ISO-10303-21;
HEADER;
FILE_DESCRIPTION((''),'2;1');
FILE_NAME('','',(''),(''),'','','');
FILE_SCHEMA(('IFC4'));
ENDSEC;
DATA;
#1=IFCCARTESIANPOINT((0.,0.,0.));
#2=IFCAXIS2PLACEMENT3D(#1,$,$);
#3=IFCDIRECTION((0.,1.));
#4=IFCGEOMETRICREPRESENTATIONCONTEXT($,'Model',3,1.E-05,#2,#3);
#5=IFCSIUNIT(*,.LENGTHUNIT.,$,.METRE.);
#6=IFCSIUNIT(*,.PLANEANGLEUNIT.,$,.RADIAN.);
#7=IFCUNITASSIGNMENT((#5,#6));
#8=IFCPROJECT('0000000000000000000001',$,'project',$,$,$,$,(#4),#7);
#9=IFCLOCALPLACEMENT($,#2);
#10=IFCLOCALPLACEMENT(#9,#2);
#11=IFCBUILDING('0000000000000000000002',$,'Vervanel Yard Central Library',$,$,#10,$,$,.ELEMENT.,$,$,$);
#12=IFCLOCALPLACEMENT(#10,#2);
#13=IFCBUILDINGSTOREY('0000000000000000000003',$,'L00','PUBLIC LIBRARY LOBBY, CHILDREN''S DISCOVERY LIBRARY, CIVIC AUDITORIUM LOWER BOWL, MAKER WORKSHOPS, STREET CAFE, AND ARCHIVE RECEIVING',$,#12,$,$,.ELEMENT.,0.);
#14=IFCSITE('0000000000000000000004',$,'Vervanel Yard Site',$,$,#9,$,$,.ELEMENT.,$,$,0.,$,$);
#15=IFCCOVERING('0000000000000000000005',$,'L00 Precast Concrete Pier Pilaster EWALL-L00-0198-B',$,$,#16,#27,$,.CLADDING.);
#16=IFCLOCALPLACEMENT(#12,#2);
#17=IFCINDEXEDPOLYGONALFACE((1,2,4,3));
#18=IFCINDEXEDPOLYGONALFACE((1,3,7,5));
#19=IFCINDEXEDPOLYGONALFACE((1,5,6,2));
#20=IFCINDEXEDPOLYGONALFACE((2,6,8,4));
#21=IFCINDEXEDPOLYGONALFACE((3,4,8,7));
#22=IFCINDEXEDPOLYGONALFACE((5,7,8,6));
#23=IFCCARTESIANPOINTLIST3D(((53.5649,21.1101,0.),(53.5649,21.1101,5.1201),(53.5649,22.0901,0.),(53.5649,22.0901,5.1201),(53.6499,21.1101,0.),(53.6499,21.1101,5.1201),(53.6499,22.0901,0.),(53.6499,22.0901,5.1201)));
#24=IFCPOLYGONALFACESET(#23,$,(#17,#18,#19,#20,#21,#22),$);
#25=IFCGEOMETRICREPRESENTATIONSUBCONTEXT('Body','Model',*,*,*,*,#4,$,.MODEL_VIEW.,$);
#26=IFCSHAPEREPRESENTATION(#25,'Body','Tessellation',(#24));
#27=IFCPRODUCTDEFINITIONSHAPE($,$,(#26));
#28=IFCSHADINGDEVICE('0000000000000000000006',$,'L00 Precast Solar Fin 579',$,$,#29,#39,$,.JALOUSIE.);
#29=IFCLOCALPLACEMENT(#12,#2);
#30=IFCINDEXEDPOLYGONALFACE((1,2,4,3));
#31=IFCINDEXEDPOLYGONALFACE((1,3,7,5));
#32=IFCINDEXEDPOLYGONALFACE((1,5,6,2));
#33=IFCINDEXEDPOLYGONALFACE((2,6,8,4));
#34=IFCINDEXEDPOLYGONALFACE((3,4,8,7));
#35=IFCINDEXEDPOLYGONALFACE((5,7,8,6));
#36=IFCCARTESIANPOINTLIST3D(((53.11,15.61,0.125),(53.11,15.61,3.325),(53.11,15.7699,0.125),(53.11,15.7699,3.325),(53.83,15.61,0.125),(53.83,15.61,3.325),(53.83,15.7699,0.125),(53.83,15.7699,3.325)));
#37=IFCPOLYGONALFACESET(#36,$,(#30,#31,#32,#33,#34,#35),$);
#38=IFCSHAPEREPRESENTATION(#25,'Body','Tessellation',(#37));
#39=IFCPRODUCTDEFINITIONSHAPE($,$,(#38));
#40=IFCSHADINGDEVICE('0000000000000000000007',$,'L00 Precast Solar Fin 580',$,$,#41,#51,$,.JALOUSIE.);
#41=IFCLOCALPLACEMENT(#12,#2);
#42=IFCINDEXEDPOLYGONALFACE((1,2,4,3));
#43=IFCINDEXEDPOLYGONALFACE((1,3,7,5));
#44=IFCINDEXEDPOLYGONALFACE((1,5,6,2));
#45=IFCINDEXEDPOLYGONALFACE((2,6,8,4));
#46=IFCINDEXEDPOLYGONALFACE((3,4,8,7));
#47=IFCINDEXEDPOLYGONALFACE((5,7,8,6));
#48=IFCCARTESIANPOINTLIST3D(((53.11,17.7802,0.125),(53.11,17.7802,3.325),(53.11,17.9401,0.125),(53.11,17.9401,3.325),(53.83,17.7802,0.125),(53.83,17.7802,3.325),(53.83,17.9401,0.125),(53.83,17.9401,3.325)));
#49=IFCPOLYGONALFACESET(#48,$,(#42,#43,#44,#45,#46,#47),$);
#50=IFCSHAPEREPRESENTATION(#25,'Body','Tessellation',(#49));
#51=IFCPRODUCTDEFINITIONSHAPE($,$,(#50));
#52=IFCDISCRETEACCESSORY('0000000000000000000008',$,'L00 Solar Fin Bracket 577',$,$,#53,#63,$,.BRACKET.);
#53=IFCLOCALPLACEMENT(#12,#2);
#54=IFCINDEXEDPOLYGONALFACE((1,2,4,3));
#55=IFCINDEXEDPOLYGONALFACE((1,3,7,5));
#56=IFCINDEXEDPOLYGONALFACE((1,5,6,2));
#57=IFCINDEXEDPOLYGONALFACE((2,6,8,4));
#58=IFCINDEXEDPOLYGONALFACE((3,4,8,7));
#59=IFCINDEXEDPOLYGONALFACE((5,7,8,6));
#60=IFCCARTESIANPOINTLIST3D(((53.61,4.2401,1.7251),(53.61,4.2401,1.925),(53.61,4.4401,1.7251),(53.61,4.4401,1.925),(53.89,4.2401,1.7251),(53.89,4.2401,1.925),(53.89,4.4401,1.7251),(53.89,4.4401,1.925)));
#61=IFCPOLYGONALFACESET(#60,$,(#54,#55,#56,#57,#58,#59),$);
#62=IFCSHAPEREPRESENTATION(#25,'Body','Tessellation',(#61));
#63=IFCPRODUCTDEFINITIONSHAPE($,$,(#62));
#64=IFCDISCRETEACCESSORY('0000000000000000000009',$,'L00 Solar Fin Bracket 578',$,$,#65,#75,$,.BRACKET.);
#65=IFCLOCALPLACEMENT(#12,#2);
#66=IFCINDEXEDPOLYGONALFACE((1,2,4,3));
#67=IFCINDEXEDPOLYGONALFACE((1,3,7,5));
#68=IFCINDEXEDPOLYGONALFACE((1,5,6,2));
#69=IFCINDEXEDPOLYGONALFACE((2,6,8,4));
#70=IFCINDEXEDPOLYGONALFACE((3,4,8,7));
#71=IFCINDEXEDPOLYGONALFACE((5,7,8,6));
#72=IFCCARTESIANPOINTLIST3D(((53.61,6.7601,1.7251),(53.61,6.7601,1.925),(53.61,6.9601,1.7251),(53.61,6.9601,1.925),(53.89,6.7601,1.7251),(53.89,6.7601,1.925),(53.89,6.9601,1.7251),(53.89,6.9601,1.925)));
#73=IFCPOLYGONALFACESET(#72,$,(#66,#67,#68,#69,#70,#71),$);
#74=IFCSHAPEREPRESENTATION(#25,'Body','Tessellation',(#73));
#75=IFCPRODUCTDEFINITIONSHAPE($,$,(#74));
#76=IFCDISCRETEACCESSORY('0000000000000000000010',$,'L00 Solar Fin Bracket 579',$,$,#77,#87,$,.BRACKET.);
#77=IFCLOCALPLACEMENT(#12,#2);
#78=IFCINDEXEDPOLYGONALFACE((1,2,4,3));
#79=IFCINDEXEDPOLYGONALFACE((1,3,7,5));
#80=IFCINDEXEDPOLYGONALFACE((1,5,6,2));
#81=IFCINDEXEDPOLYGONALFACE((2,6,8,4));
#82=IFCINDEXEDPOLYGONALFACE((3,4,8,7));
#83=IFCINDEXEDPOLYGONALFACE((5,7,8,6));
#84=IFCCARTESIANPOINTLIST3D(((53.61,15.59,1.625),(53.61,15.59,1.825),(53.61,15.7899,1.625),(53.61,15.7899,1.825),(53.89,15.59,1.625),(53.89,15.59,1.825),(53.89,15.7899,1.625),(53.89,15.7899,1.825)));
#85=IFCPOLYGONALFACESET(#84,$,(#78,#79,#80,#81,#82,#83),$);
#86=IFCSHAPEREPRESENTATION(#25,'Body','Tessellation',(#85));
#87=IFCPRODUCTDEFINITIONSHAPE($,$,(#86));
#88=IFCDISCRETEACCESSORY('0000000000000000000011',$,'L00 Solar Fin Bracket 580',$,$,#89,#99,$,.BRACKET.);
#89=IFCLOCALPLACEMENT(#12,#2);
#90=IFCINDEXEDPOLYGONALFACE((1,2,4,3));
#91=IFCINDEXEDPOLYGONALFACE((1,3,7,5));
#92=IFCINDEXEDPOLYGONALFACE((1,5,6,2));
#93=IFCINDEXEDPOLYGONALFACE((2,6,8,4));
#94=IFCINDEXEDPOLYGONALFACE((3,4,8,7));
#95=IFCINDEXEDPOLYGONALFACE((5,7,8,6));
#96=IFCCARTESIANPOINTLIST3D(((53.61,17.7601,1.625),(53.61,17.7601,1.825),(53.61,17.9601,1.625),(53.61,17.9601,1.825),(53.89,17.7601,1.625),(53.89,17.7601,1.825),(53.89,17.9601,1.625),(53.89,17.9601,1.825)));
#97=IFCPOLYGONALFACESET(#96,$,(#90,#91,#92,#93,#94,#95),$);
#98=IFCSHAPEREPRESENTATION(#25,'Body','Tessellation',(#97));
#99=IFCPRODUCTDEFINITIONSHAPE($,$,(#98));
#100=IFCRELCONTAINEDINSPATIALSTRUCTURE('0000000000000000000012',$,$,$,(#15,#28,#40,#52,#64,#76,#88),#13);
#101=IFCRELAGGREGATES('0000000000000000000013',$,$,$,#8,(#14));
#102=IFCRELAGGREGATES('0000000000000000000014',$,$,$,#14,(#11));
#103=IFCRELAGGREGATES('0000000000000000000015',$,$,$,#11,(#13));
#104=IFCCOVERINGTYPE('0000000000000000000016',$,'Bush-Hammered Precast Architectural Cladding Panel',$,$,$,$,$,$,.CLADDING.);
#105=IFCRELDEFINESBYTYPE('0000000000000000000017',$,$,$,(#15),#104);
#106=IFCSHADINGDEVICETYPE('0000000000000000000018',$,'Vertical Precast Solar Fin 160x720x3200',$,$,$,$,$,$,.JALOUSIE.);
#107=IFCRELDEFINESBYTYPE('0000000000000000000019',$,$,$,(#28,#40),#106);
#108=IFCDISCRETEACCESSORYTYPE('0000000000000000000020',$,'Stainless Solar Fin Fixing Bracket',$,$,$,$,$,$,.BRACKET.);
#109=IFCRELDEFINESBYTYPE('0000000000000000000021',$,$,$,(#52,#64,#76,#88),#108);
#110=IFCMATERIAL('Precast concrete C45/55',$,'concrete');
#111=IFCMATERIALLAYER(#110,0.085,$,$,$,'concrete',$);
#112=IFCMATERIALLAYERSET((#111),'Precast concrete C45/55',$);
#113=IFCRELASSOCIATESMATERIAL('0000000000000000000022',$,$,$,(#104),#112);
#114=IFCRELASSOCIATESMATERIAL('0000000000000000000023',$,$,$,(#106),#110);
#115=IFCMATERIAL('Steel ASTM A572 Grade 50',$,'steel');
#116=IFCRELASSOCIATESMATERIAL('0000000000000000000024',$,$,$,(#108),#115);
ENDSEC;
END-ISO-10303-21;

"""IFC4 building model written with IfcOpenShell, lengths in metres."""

from ifc_helpers import new_model, si_unit, direction, frame, origin, origin_2d, place, context, subcontext, project, spatial, rectangle, extrude, material, layer, layer_set, type_object, element, save


model = new_model("IFC4")

# Units and contexts
model_context = context("Model", 3, precision=1e-05, world=origin(), true_north=direction((0.0, 1.0)))
body_context = subcontext(model_context, "Body", "Model", "MODEL_VIEW")
ifc_project = project(units=[si_unit("LENGTHUNIT", "METRE"), si_unit("PLANEANGLEUNIT", "RADIAN")], contexts=[model_context])

# Site, building, storey
site_placement = place(None, origin())
site = spatial("IfcSite", under=ifc_project, at=site_placement, Name="Vervanel Yard Site", CompositionType="ELEMENT", RefElevation=0.0)
building_placement = place(site_placement, origin())
building = spatial("IfcBuilding", under=site, at=building_placement, Name="Vervanel Yard Central Library", CompositionType="ELEMENT")
storey_placement = place(building_placement, origin())
storey = spatial("IfcBuildingStorey", under=building, at=storey_placement, Name="L00", Description="PUBLIC LIBRARY LOBBY, CHILDREN'S DISCOVERY LIBRARY, CIVIC AUDITORIUM LOWER BOWL, MAKER WORKSHOPS, STREET CAFE, AND ARCHIVE RECEIVING", CompositionType="ELEMENT", Elevation=0.0)

# Covering
ifc_material_1 = material(Name="Precast concrete C45/55", Category="concrete")
ifc_layer_1 = layer(ifc_material_1, 0.085, Category="concrete")
ifc_layer_set_1 = layer_set([ifc_layer_1], Name="Precast concrete C45/55")
covering_type = type_object("IfcCoveringType", Name="Bush-Hammered Precast Architectural Cladding Panel", PredefinedType="CLADDING", material=ifc_layer_set_1)
covering_1_placement = place(storey_placement, frame((53.6074, 21.6001, 0.0), z_axis=(0.0, 0.0, 1.0), x_axis=(0.0, 1.0, 0.0)))
element("IfcCovering", 1, at=covering_1_placement, inside=storey, type_object=covering_type, Name="L00 Precast Concrete Pier Pilaster EWALL-L00-0198-B", PredefinedType="CLADDING", context=body_context, shape_type="SweptSolid", body=[
    extrude(rectangle(XDim=0.98, YDim=0.085, at=origin_2d()), origin(), (0.0, 0.0, 1.0), 5.1201),
])

# Shading devices
shading_device_type = type_object("IfcShadingDeviceType", Name="Vertical Precast Solar Fin 160x720x3200", PredefinedType="JALOUSIE", material=ifc_material_1)
for number, where, z_axis, x_axis, name in (
    (2, (53.47, 15.6899, 0.125), (0.0, 0.0, 1.0), (0.0, 1.0, 0.0), "L00 Precast Solar Fin 579"),
    (3, (53.47, 17.8601, 0.125), (0.0, 0.0, 1.0), (0.0, 1.0, 0.0), "L00 Precast Solar Fin 580"),
):
    element("IfcShadingDevice", number, at=place(storey_placement, frame(where, z_axis=z_axis, x_axis=x_axis)), inside=storey, type_object=shading_device_type, Name=name, PredefinedType="JALOUSIE", context=body_context, shape_type="SweptSolid", body=[
        extrude(rectangle(XDim=0.1599, YDim=0.72, at=origin_2d()), origin(), (0.0, 0.0, 1.0), 3.2),
    ])

# Discrete accessories
ifc_material_2 = material(Name="Steel ASTM A572 Grade 50", Category="steel")
discrete_accessory_type = type_object("IfcDiscreteAccessoryType", Name="Stainless Solar Fin Fixing Bracket", PredefinedType="BRACKET", material=ifc_material_2)
for number, where, z_axis, x_axis, name in (
    (4, (53.75, 4.3401, 1.7251), (0.0, 0.0, 1.0), (0.0, 1.0, 0.0), "L00 Solar Fin Bracket 577"),
    (5, (53.75, 6.8601, 1.7251), (0.0, 0.0, 1.0), (0.0, 1.0, 0.0), "L00 Solar Fin Bracket 578"),
    (6, (53.75, 15.6899, 1.625), (0.0, 0.0, 1.0), (0.0, 1.0, 0.0), "L00 Solar Fin Bracket 579"),
    (7, (53.75, 17.8601, 1.625), (0.0, 0.0, 1.0), (0.0, 1.0, 0.0), "L00 Solar Fin Bracket 580"),
):
    element("IfcDiscreteAccessory", number, at=place(storey_placement, frame(where, z_axis=z_axis, x_axis=x_axis)), inside=storey, type_object=discrete_accessory_type, Name=name, PredefinedType="BRACKET", context=body_context, shape_type="SweptSolid", body=[
        extrude(rectangle(XDim=0.2, YDim=0.28, at=origin_2d()), origin(), (0.0, 0.0, 1.0), 0.2),
    ])

save(model, "model.ifc")
